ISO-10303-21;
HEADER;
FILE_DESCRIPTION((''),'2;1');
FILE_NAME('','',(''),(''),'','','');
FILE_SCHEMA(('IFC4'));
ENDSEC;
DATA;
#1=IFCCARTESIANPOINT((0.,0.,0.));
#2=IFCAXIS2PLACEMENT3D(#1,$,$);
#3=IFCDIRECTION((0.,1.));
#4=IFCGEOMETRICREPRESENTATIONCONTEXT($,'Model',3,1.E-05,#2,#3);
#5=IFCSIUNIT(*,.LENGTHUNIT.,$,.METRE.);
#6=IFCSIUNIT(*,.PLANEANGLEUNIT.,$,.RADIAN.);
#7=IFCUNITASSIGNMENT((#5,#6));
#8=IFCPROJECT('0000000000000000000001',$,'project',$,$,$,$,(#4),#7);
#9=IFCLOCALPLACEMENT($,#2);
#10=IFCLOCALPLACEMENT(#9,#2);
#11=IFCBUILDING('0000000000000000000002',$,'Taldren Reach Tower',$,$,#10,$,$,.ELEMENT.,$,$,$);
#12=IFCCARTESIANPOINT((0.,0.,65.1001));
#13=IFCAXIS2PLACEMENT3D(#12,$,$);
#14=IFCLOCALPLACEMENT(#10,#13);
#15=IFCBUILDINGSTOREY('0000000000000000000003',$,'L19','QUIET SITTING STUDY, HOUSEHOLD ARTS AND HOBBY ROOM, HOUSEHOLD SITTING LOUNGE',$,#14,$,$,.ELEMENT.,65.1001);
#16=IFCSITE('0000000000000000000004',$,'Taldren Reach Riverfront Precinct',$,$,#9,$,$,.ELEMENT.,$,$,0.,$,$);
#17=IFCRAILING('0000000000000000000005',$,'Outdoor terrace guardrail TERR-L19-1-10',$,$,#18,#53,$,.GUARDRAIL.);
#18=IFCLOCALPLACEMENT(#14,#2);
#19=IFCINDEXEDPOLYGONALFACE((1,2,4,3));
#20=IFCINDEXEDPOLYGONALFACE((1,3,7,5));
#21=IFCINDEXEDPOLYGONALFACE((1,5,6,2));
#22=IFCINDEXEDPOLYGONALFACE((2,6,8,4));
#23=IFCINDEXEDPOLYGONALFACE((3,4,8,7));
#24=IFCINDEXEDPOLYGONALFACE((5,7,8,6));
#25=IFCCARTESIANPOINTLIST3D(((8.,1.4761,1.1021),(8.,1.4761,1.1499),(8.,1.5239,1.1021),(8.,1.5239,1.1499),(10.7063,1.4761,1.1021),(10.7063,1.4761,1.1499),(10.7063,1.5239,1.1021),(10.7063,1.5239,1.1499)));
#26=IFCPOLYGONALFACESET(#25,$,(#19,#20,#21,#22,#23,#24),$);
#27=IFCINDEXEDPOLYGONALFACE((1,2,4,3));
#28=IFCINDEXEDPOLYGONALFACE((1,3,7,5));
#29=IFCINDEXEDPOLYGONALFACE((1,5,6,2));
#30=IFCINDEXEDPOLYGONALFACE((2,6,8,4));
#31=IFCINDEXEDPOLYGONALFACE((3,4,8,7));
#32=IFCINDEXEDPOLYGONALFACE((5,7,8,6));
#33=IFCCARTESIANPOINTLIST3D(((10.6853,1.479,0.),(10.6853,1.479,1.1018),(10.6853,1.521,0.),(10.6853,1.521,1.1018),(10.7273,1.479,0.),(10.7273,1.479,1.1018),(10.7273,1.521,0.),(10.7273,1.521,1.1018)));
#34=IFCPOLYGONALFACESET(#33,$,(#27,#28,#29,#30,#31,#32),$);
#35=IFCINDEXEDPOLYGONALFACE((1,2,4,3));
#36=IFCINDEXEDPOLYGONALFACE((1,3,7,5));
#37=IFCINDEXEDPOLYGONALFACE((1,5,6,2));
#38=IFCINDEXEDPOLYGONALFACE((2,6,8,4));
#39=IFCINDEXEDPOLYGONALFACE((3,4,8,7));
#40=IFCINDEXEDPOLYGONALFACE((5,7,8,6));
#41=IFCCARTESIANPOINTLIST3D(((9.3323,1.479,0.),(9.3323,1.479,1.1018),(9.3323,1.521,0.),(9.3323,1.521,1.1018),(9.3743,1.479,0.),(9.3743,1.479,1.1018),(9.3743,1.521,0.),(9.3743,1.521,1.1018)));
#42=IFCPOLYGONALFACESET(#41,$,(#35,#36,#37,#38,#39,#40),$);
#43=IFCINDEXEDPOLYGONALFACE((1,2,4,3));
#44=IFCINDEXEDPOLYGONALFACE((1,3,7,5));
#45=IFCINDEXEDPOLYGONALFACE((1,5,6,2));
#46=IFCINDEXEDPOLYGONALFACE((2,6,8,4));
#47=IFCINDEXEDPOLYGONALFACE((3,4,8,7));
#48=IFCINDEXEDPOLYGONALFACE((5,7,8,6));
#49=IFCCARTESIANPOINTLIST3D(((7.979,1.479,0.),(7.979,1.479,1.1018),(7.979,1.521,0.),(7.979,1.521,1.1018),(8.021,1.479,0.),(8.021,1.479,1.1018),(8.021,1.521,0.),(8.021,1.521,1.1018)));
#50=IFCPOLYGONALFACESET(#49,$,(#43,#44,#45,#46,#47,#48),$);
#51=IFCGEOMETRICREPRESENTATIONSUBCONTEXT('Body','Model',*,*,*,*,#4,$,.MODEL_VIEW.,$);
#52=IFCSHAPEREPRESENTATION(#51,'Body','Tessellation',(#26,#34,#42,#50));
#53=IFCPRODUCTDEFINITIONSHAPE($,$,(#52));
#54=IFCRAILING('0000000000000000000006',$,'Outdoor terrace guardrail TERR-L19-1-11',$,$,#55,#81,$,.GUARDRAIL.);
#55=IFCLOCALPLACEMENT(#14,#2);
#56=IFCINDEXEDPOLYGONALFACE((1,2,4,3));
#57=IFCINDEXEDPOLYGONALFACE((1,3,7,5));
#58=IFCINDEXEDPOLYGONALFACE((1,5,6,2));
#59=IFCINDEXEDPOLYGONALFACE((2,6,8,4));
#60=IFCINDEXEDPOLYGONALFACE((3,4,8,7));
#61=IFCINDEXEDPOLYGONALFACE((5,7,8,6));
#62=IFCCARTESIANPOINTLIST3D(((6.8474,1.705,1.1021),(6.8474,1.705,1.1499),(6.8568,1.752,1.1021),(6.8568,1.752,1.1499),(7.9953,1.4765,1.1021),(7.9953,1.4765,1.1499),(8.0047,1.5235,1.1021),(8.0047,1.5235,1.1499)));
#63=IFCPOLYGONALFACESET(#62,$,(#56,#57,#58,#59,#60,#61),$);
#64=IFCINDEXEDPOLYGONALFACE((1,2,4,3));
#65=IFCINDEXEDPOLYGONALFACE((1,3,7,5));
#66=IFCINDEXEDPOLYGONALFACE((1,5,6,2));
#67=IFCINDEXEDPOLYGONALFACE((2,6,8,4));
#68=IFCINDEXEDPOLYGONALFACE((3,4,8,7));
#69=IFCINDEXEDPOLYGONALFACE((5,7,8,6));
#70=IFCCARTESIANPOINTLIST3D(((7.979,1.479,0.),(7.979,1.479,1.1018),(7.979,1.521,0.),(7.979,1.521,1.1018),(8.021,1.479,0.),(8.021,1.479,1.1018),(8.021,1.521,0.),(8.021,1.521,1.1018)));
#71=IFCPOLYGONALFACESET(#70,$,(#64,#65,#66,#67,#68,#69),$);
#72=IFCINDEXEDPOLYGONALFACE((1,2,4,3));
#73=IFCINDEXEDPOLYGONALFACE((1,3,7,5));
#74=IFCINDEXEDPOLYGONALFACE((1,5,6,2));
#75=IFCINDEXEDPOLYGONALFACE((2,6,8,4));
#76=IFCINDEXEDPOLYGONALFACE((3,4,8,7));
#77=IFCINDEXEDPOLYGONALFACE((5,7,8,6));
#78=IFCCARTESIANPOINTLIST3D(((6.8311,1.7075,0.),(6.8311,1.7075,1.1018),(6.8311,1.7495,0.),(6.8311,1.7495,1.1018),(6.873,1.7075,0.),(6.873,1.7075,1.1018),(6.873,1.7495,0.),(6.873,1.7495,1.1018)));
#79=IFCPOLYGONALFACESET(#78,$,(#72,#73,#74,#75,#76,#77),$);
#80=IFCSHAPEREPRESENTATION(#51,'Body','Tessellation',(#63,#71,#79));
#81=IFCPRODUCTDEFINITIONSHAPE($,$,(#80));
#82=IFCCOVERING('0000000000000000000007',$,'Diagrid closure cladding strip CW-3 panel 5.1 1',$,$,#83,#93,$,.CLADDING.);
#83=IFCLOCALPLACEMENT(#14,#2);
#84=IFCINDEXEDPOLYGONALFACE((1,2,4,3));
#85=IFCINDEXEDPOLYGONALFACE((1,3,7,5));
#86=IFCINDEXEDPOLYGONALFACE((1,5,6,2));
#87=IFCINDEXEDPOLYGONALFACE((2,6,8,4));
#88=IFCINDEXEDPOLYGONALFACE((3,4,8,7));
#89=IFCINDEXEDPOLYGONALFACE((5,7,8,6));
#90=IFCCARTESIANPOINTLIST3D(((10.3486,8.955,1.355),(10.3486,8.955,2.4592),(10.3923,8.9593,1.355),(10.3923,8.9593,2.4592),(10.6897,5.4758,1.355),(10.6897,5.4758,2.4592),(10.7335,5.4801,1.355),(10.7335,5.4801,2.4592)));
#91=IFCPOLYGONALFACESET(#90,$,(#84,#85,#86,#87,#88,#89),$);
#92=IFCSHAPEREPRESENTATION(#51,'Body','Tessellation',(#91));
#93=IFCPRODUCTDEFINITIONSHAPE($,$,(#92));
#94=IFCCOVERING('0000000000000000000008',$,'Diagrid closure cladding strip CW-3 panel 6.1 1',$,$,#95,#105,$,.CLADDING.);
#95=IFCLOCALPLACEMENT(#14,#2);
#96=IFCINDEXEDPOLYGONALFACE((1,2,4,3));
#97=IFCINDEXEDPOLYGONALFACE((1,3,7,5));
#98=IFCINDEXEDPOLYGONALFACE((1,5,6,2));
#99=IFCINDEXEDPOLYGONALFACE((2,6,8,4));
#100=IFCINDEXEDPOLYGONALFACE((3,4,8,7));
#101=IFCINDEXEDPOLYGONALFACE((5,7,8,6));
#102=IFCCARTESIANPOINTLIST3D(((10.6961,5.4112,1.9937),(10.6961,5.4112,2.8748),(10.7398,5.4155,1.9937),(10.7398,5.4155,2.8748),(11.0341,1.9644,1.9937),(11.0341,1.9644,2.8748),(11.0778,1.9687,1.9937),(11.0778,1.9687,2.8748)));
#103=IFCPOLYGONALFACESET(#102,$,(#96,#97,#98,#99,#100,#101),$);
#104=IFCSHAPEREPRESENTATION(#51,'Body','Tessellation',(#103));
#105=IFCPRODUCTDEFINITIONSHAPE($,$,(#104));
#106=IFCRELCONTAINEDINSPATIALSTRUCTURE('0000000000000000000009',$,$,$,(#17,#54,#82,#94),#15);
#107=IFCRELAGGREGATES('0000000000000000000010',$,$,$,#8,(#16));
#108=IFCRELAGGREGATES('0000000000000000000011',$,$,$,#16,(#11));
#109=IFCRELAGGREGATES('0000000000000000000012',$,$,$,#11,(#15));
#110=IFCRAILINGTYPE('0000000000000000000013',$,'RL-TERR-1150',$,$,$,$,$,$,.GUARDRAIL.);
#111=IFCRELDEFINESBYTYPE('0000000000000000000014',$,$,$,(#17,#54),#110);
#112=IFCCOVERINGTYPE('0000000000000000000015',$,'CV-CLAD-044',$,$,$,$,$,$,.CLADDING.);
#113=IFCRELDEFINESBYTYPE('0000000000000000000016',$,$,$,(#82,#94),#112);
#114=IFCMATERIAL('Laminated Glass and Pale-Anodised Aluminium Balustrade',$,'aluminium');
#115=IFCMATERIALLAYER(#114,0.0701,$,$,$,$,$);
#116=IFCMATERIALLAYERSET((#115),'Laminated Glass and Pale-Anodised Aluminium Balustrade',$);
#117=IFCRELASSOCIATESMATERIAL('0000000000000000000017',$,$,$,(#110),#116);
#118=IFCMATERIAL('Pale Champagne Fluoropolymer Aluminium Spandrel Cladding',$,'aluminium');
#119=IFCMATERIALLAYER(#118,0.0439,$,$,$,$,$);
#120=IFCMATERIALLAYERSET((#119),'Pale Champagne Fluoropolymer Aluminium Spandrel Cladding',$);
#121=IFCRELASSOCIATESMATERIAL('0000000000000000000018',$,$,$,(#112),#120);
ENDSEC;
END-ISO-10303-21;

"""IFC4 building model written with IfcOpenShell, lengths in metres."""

from ifc_helpers import new_model, si_unit, direction, frame, origin, origin_2d, place, context, subcontext, project, spatial, rectangle, extrude, source, transform, mapped, material, layer, layer_set, type_object, element, save


model = new_model("IFC4")

# Units and contexts
model_context = context("Model", 3, precision=1e-05, world=origin(), true_north=direction((0.0, 1.0)))
body_context = subcontext(model_context, "Body", "Model", "MODEL_VIEW")
ifc_project = project(units=[si_unit("LENGTHUNIT", "METRE"), si_unit("PLANEANGLEUNIT", "RADIAN")], contexts=[model_context])

# Site, building, storey
site_placement = place(None, origin())
site = spatial("IfcSite", under=ifc_project, at=site_placement, Name="Taldren Reach Riverfront Precinct", CompositionType="ELEMENT", RefElevation=0.0)
building_placement = place(site_placement, origin())
building = spatial("IfcBuilding", under=site, at=building_placement, Name="Taldren Reach Tower", CompositionType="ELEMENT")
storey_placement = place(building_placement, frame((0.0, 0.0, 65.1001)))
storey = spatial("IfcBuildingStorey", under=building, at=storey_placement, Name="L19", Description="QUIET SITTING STUDY, HOUSEHOLD ARTS AND HOBBY ROOM, HOUSEHOLD SITTING LOUNGE", CompositionType="ELEMENT", Elevation=65.1001)

# Railings
ifc_material_1 = material(Name="Laminated Glass and Pale-Anodised Aluminium Balustrade", Category="aluminium")
ifc_layer_1 = layer(ifc_material_1, 0.0701)
ifc_layer_set_1 = layer_set([ifc_layer_1], Name="Laminated Glass and Pale-Anodised Aluminium Balustrade")
railing_type = type_object("IfcRailingType", Name="RL-TERR-1150", PredefinedType="GUARDRAIL", material=ifc_layer_set_1)
railing_1_placement = place(storey_placement, frame((10.7063, 1.5, 0.0)))
element("IfcRailing", 1, at=railing_1_placement, inside=storey, type_object=railing_type, Name="Outdoor terrace guardrail TERR-L19-1-10", PredefinedType="GUARDRAIL", context=body_context, shape_type="SweptSolid", body=[
    extrude(rectangle(XDim=0.0479, YDim=0.0479, at=origin_2d()), frame((0.0, 0.0, 1.126), z_axis=(-1.0, 0.0, 0.0), x_axis=(0.0, -1.0, 0.0)), (0.0, 0.0, 1.0), 2.7063),
    extrude(rectangle(XDim=0.042, YDim=0.042, at=origin_2d()), origin(), (0.0, 0.0, 1.0), 1.1018),
    extrude(rectangle(XDim=0.042, YDim=0.042, at=origin_2d()), frame((-1.353, 0.0, 0.0)), (0.0, 0.0, 1.0), 1.1018),
    extrude(rectangle(XDim=0.042, YDim=0.042, at=origin_2d()), frame((-2.7063, 0.0, 0.0)), (0.0, 0.0, 1.0), 1.1018),
])
railing_2_placement = place(storey_placement, frame((8.0, 1.5, 0.0)))
element("IfcRailing", 2, at=railing_2_placement, inside=storey, type_object=railing_type, Name="Outdoor terrace guardrail TERR-L19-1-11", PredefinedType="GUARDRAIL", context=body_context, shape_type="SweptSolid", body=[
    extrude(rectangle(XDim=0.0479, YDim=0.0479, at=origin_2d()), frame((0.0, 0.0, 1.126), z_axis=(-0.980757, 0.195234, 0.0), x_axis=(-0.195234, -0.980757, 0.0)), (0.0, 0.0, 1.0), 1.1704),
    extrude(rectangle(XDim=0.042, YDim=0.042, at=origin_2d()), origin(), (0.0, 0.0, 1.0), 1.1018),
    extrude(rectangle(XDim=0.042, YDim=0.042, at=origin_2d()), frame((-1.1479, 0.2285, 0.0)), (0.0, 0.0, 1.0), 1.1018),
])

# Coverings
ifc_material_2 = material(Name="Pale Champagne Fluoropolymer Aluminium Spandrel Cladding", Category="aluminium")
ifc_layer_2 = layer(ifc_material_2, 0.0439)
ifc_layer_set_2 = layer_set([ifc_layer_2], Name="Pale Champagne Fluoropolymer Aluminium Spandrel Cladding")
covering_type = type_object("IfcCoveringType", Name="CV-CLAD-044", PredefinedType="CLADDING", material=ifc_layer_set_2)
shared_shape_1 = source(origin(), body_context, "Body", "SweptSolid", [
    extrude(rectangle(XDim=3.4958, YDim=0.0439, at=origin_2d()), origin(), (0.0, 0.0, 1.0), 1.1042),
])
covering_1_placement = place(storey_placement, frame((10.541, 7.2175, 1.355), z_axis=(0.0, 0.0, 1.0), x_axis=(0.097583, -0.995227, 0.0)))
element("IfcCovering", 3, at=covering_1_placement, inside=storey, type_object=covering_type, Name="Diagrid closure cladding strip CW-3 panel 5.1 1", PredefinedType="CLADDING", context=body_context, shape_type="MappedRepresentation", body=[
    mapped(shared_shape_1, transform((0.0, 0.0, 0.0), scale=1.0)),
])
shared_shape_2 = source(origin(), body_context, "Body", "SweptSolid", [
    extrude(rectangle(XDim=3.4634, YDim=0.0439, at=origin_2d()), origin(), (0.0, 0.0, 1.0), 0.8811),
])
covering_2_placement = place(storey_placement, frame((10.887, 3.6899, 1.9937), z_axis=(0.0, 0.0, 1.0), x_axis=(0.097583, -0.995227, 0.0)))
element("IfcCovering", 4, at=covering_2_placement, inside=storey, type_object=covering_type, Name="Diagrid closure cladding strip CW-3 panel 6.1 1", PredefinedType="CLADDING", context=body_context, shape_type="MappedRepresentation", body=[
    mapped(shared_shape_2, transform((0.0, 0.0, 0.0), scale=1.0)),
])

save(model, "model.ifc")
